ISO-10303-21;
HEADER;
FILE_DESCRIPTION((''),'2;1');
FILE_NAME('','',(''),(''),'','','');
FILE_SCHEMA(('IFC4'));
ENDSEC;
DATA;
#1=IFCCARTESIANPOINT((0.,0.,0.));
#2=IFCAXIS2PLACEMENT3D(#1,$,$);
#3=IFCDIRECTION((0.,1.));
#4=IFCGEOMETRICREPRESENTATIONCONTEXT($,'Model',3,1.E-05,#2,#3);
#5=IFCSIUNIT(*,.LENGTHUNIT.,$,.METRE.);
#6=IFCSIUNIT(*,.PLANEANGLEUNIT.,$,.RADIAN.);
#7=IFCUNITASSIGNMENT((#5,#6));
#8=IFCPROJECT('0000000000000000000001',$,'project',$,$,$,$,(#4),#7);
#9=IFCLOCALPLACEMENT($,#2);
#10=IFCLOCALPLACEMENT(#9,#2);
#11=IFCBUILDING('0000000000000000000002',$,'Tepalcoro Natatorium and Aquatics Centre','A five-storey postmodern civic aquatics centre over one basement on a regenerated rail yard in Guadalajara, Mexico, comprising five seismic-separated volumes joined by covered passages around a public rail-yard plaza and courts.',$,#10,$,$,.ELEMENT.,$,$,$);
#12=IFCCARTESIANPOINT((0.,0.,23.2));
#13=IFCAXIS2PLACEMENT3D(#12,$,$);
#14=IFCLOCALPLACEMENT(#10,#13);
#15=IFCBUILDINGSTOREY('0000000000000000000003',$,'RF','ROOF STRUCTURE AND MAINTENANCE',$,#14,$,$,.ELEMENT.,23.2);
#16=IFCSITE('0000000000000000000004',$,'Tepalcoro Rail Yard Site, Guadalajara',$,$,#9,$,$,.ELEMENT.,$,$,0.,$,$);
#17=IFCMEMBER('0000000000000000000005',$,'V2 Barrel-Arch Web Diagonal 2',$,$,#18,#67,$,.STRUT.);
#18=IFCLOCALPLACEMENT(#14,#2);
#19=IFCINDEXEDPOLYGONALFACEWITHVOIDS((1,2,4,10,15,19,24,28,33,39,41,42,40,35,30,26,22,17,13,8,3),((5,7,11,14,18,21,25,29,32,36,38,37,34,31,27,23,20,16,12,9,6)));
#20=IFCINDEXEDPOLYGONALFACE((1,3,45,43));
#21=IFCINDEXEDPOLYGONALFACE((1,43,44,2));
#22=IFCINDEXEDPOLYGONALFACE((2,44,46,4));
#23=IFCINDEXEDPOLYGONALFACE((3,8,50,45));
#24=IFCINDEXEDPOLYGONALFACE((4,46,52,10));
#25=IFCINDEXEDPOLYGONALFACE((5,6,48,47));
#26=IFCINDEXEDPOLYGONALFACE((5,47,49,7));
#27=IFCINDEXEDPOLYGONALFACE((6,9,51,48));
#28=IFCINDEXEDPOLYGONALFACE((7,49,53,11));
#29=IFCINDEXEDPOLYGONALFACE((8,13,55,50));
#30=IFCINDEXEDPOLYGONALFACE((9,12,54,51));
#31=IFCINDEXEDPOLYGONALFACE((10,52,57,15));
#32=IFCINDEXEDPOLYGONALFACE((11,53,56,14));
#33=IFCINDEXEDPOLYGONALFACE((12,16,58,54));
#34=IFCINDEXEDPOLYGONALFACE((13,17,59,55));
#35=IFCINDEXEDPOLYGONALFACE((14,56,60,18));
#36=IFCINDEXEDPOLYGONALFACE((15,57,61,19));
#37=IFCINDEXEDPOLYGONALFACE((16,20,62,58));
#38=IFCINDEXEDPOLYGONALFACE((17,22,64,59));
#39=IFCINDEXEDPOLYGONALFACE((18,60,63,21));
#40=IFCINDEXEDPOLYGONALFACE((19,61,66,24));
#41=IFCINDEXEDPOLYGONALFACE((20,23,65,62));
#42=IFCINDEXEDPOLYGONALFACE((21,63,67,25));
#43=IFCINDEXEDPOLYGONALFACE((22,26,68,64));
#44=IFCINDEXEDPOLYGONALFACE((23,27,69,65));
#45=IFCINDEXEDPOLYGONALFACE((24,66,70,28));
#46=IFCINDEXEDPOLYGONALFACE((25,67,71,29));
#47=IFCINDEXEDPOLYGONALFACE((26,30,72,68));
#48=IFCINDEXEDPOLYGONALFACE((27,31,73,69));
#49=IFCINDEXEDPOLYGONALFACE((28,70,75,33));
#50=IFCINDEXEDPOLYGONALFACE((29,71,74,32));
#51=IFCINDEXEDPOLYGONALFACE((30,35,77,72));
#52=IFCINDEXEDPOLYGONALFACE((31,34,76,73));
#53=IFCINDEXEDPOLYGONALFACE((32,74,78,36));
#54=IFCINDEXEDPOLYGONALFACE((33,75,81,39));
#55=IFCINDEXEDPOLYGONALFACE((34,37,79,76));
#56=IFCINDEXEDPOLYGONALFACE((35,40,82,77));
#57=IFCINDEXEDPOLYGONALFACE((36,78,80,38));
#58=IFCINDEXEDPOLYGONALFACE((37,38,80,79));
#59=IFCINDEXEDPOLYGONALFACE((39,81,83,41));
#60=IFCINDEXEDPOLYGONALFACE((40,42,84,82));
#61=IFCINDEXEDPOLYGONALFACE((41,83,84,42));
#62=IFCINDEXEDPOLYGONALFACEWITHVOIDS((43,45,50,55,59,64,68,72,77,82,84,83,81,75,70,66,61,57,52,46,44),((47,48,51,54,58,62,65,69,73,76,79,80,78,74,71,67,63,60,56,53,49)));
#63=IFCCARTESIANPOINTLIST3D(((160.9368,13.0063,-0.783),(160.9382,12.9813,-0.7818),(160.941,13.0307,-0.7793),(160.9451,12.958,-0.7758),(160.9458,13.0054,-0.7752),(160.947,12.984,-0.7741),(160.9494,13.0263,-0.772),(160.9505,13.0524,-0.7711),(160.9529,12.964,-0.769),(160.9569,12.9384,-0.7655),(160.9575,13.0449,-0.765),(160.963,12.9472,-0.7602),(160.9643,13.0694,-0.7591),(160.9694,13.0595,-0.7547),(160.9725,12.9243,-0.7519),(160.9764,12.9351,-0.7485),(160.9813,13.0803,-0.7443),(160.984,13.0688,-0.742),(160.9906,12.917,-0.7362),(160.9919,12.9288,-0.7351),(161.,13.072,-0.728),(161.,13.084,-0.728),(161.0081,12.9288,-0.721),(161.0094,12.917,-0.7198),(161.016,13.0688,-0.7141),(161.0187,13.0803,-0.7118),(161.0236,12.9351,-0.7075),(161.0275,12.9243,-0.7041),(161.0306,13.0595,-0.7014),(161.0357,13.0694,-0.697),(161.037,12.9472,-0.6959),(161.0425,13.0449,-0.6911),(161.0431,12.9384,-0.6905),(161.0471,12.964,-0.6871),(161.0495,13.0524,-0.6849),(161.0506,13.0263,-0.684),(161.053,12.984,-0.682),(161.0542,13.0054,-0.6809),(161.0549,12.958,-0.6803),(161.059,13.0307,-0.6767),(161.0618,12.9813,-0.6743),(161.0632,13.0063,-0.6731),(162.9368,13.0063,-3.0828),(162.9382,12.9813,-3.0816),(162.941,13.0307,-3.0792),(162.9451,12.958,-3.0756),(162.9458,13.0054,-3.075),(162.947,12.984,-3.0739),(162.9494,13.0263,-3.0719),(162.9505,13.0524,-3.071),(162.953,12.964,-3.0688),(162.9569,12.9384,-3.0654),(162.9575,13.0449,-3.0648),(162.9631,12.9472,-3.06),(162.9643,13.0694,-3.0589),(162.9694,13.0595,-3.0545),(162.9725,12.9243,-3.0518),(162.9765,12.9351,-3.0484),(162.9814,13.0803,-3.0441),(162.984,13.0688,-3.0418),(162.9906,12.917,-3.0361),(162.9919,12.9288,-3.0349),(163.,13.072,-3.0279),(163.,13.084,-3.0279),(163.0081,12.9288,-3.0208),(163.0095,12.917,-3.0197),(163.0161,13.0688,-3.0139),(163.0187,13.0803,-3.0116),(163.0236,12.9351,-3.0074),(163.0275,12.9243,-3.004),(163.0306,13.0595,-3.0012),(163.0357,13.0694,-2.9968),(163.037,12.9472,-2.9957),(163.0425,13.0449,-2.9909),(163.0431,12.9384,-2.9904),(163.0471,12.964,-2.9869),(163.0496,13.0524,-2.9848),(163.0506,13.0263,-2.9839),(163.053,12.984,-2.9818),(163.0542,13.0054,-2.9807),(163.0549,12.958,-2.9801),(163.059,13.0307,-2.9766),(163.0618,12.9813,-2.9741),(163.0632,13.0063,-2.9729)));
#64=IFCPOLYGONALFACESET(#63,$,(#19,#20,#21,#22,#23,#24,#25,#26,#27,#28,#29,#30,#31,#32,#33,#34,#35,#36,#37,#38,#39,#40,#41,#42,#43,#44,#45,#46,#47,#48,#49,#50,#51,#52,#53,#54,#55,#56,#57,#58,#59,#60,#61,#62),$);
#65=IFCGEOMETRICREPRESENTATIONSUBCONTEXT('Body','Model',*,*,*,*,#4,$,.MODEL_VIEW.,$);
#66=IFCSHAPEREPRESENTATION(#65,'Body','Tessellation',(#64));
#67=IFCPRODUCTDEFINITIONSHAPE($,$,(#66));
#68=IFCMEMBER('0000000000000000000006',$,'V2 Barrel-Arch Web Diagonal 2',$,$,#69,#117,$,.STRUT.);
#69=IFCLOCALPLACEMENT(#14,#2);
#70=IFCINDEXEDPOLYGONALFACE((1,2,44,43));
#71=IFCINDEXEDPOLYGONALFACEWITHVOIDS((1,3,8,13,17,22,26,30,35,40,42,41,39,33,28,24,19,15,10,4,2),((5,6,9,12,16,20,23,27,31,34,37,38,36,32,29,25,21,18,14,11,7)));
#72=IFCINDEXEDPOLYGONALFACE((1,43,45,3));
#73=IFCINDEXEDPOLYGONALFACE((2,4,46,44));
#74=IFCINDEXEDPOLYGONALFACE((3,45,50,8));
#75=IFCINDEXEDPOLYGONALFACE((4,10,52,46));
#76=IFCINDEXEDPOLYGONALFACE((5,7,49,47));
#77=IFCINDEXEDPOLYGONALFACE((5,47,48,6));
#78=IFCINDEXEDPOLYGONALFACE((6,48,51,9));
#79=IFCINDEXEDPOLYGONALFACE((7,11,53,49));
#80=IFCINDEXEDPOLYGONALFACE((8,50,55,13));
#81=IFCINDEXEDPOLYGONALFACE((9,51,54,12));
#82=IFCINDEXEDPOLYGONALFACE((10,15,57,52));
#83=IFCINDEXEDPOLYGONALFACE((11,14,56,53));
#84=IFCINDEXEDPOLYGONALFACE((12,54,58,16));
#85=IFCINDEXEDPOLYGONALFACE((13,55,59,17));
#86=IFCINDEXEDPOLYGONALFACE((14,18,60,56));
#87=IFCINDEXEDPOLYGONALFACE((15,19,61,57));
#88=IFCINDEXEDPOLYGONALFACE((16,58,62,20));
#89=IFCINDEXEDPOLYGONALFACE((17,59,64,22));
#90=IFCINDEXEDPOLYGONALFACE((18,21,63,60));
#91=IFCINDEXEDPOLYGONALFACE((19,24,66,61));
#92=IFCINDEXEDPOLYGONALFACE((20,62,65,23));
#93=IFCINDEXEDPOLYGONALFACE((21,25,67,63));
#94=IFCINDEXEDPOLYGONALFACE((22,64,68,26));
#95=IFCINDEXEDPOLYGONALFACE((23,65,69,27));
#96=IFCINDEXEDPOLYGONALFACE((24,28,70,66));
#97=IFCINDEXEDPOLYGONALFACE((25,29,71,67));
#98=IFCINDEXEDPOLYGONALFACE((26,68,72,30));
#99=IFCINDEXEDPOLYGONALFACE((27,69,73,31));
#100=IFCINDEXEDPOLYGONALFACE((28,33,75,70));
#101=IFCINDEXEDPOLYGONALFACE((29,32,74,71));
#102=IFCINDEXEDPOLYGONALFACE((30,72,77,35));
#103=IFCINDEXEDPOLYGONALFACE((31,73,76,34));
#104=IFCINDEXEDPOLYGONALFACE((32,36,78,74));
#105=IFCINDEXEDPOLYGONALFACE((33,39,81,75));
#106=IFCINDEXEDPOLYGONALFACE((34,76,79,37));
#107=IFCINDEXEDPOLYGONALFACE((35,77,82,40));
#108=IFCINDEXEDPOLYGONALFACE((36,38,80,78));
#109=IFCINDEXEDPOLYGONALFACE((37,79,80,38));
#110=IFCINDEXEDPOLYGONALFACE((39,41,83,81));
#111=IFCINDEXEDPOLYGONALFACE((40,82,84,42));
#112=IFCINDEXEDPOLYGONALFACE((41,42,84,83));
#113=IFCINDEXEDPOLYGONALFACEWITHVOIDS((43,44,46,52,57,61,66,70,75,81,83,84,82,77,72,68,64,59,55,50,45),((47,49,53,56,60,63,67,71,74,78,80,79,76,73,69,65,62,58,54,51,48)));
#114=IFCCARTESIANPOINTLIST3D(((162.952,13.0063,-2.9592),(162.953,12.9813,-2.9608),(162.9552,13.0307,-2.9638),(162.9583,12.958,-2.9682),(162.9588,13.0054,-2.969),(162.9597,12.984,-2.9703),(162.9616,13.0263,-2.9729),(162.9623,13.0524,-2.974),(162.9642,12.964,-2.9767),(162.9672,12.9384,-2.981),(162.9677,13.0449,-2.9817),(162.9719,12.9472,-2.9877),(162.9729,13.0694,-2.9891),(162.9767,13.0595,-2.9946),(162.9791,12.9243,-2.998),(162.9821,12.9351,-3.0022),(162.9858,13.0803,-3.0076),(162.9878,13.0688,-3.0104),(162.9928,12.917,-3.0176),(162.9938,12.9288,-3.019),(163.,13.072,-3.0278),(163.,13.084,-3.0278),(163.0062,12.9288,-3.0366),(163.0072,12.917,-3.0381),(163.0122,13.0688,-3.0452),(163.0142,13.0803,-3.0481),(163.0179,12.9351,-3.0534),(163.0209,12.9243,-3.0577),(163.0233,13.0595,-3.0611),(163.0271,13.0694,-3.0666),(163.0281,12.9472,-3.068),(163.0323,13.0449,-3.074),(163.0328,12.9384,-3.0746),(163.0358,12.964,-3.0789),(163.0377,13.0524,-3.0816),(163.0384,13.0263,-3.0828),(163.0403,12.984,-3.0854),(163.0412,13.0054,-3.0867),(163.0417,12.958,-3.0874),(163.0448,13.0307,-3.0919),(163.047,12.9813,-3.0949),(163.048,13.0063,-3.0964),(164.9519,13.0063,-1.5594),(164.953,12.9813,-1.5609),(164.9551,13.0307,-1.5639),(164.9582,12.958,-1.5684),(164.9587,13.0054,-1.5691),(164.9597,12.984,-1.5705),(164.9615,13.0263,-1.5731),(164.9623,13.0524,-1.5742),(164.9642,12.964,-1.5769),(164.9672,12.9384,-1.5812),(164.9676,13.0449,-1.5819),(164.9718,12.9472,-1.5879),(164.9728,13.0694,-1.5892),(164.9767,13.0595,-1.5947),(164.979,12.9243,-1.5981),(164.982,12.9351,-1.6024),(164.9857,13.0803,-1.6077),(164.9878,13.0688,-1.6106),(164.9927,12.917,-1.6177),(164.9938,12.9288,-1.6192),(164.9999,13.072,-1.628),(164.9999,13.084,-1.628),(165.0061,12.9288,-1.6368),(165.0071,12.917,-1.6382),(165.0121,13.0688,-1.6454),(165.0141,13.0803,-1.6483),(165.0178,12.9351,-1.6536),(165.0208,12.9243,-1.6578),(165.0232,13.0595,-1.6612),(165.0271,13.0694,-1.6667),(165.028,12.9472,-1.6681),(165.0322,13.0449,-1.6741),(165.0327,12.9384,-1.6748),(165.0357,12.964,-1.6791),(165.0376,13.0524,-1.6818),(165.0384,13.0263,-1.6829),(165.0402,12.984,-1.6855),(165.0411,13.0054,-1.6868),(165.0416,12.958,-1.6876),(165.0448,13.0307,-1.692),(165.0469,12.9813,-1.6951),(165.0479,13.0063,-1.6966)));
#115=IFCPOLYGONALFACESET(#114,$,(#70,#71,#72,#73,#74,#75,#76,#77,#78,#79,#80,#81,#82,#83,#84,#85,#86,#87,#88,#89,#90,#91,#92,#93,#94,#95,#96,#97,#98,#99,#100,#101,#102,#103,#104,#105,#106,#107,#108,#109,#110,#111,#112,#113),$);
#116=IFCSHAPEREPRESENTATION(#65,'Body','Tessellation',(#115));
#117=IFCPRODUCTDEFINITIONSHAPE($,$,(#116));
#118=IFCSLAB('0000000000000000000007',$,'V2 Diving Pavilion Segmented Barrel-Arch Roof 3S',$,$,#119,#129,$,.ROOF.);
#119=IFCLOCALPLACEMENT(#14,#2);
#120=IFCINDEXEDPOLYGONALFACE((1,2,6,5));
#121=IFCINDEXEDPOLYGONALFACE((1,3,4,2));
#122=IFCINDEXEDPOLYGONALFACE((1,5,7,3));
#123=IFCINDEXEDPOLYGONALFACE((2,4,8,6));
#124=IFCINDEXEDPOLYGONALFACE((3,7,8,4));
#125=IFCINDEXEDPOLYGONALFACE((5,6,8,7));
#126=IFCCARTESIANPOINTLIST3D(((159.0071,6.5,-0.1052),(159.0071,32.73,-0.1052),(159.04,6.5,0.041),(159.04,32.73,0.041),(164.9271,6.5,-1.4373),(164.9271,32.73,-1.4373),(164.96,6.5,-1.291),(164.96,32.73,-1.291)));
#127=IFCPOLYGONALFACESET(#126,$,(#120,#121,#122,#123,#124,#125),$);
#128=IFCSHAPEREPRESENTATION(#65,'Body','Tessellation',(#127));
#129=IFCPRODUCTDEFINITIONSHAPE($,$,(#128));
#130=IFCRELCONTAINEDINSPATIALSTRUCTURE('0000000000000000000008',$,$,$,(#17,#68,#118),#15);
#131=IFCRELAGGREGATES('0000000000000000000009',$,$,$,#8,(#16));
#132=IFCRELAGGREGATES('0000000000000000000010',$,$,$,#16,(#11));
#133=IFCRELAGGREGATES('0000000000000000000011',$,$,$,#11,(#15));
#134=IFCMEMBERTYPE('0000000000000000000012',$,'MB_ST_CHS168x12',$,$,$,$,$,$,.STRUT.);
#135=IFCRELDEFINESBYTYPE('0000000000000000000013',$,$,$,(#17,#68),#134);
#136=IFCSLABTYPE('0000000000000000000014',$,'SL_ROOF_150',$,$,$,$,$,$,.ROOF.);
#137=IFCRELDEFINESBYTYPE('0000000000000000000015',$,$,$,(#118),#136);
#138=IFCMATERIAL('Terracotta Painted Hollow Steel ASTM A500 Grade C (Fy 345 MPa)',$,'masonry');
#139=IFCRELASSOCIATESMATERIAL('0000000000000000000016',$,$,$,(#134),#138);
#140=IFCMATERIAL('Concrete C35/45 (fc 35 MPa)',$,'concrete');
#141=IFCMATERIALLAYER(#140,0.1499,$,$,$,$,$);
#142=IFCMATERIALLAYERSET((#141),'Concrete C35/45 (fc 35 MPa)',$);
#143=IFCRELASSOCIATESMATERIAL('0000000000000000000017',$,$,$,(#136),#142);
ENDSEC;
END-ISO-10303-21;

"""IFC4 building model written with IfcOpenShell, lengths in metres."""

from ifc_helpers import new_model, si_unit, direction, frame, origin, origin_2d, place, context, subcontext, project, spatial, polyline, hollow_circle, outline, extrude, material, layer, layer_set, material_profile, profile_set, type_object, element, save


model = new_model("IFC4")

# Units and contexts
model_context = context("Model", 3, precision=1e-05, world=origin(), true_north=direction((0.0, 1.0)))
body_context = subcontext(model_context, "Body", "Model", "MODEL_VIEW")
ifc_project = project(units=[si_unit("LENGTHUNIT", "METRE"), si_unit("PLANEANGLEUNIT", "RADIAN")], contexts=[model_context])

# Site, building, storey
site_placement = place(None, origin())
site = spatial("IfcSite", under=ifc_project, at=site_placement, Name="Tepalcoro Rail Yard Site, Guadalajara", CompositionType="ELEMENT", RefElevation=0.0)
building_placement = place(site_placement, origin())
building = spatial("IfcBuilding", under=site, at=building_placement, Name="Tepalcoro Natatorium and Aquatics Centre", Description="A five-storey postmodern civic aquatics centre over one basement on a regenerated rail yard in Guadalajara, Mexico, comprising five seismic-separated volumes joined by covered passages around a public rail-yard plaza and courts.", CompositionType="ELEMENT")
storey_placement = place(building_placement, frame((0.0, 0.0, 23.2)))
storey = spatial("IfcBuildingStorey", under=building, at=storey_placement, Name="RF", Description="ROOF STRUCTURE AND MAINTENANCE", CompositionType="ELEMENT", Elevation=23.2)

# Shared definitions
ifc_material_1 = material(Name="Terracotta Painted Hollow Steel ASTM A500 Grade C (Fy 345 MPa)", Category="masonry")

# Members
ifc_material_profile_1 = material_profile(ifc_material_1, hollow_circle(Radius=0.084, WallThickness=0.012, at=origin_2d()), Name="CHS168X12")
ifc_profile_set_1 = profile_set([ifc_material_profile_1], Name="Terracotta Painted Hollow Steel ASTM A500 Grade C (Fy 345 MPa)")
member_type_1 = type_object("IfcMemberType", Name="MB_ST_CHS168x12", PredefinedType="STRUT", material=ifc_profile_set_1)
member_1_placement = place(storey_placement, frame((161.0, 13.0, -0.728), z_axis=(0.65621, 0.0, -0.754578), x_axis=(0.0, 1.0, 0.0)))
element("IfcMember", 1, at=member_1_placement, inside=storey, type_object=member_type_1, Name="V2 Barrel-Arch Web Diagonal 2", PredefinedType="STRUT", context=body_context, shape_type="SweptSolid", body=[
    extrude(hollow_circle(Radius=0.084, WallThickness=0.012, at=origin_2d()), origin(), (0.0, 0.0, 1.0), 3.0479),
])
member_2_placement = place(storey_placement, frame((163.0, 13.0, -3.0278), z_axis=(0.819251, 0.0, 0.573435), x_axis=(0.0, 1.0, 0.0)))
element("IfcMember", 2, at=member_2_placement, inside=storey, type_object=member_type_1, Name="V2 Barrel-Arch Web Diagonal 2", PredefinedType="STRUT", context=body_context, shape_type="SweptSolid", body=[
    extrude(hollow_circle(Radius=0.084, WallThickness=0.012, at=origin_2d()), origin(), (0.0, 0.0, 1.0), 2.4412),
])

# Slab
ifc_material_2 = material(Name="Concrete C35/45 (fc 35 MPa)", Category="concrete")
ifc_layer = layer(ifc_material_2, 0.1499)
ifc_layer_set = layer_set([ifc_layer], Name="Concrete C35/45 (fc 35 MPa)")
slab_type = type_object("IfcSlabType", Name="SL_ROOF_150", PredefinedType="ROOF", material=ifc_layer_set)
slab_placement = place(storey_placement, frame((159.04, 6.5, 0.041), z_axis=(0.21952, 0.0, 0.975608), x_axis=(0.975608, 0.0, -0.21952)))
element("IfcSlab", 3, at=slab_placement, inside=storey, type_object=slab_type, Name="V2 Diving Pavilion Segmented Barrel-Arch Roof 3S", PredefinedType="ROOF", context=body_context, shape_type="SweptSolid", body=[
    extrude(outline(polyline([(0.0, 0.0), (6.0679, 0.0), (6.0679, 26.23), (0.0, 26.23), (0.0, 0.0)])), origin(), (0.0, 0.0, -1.0), 0.1499),
])

save(model, "model.ifc")
